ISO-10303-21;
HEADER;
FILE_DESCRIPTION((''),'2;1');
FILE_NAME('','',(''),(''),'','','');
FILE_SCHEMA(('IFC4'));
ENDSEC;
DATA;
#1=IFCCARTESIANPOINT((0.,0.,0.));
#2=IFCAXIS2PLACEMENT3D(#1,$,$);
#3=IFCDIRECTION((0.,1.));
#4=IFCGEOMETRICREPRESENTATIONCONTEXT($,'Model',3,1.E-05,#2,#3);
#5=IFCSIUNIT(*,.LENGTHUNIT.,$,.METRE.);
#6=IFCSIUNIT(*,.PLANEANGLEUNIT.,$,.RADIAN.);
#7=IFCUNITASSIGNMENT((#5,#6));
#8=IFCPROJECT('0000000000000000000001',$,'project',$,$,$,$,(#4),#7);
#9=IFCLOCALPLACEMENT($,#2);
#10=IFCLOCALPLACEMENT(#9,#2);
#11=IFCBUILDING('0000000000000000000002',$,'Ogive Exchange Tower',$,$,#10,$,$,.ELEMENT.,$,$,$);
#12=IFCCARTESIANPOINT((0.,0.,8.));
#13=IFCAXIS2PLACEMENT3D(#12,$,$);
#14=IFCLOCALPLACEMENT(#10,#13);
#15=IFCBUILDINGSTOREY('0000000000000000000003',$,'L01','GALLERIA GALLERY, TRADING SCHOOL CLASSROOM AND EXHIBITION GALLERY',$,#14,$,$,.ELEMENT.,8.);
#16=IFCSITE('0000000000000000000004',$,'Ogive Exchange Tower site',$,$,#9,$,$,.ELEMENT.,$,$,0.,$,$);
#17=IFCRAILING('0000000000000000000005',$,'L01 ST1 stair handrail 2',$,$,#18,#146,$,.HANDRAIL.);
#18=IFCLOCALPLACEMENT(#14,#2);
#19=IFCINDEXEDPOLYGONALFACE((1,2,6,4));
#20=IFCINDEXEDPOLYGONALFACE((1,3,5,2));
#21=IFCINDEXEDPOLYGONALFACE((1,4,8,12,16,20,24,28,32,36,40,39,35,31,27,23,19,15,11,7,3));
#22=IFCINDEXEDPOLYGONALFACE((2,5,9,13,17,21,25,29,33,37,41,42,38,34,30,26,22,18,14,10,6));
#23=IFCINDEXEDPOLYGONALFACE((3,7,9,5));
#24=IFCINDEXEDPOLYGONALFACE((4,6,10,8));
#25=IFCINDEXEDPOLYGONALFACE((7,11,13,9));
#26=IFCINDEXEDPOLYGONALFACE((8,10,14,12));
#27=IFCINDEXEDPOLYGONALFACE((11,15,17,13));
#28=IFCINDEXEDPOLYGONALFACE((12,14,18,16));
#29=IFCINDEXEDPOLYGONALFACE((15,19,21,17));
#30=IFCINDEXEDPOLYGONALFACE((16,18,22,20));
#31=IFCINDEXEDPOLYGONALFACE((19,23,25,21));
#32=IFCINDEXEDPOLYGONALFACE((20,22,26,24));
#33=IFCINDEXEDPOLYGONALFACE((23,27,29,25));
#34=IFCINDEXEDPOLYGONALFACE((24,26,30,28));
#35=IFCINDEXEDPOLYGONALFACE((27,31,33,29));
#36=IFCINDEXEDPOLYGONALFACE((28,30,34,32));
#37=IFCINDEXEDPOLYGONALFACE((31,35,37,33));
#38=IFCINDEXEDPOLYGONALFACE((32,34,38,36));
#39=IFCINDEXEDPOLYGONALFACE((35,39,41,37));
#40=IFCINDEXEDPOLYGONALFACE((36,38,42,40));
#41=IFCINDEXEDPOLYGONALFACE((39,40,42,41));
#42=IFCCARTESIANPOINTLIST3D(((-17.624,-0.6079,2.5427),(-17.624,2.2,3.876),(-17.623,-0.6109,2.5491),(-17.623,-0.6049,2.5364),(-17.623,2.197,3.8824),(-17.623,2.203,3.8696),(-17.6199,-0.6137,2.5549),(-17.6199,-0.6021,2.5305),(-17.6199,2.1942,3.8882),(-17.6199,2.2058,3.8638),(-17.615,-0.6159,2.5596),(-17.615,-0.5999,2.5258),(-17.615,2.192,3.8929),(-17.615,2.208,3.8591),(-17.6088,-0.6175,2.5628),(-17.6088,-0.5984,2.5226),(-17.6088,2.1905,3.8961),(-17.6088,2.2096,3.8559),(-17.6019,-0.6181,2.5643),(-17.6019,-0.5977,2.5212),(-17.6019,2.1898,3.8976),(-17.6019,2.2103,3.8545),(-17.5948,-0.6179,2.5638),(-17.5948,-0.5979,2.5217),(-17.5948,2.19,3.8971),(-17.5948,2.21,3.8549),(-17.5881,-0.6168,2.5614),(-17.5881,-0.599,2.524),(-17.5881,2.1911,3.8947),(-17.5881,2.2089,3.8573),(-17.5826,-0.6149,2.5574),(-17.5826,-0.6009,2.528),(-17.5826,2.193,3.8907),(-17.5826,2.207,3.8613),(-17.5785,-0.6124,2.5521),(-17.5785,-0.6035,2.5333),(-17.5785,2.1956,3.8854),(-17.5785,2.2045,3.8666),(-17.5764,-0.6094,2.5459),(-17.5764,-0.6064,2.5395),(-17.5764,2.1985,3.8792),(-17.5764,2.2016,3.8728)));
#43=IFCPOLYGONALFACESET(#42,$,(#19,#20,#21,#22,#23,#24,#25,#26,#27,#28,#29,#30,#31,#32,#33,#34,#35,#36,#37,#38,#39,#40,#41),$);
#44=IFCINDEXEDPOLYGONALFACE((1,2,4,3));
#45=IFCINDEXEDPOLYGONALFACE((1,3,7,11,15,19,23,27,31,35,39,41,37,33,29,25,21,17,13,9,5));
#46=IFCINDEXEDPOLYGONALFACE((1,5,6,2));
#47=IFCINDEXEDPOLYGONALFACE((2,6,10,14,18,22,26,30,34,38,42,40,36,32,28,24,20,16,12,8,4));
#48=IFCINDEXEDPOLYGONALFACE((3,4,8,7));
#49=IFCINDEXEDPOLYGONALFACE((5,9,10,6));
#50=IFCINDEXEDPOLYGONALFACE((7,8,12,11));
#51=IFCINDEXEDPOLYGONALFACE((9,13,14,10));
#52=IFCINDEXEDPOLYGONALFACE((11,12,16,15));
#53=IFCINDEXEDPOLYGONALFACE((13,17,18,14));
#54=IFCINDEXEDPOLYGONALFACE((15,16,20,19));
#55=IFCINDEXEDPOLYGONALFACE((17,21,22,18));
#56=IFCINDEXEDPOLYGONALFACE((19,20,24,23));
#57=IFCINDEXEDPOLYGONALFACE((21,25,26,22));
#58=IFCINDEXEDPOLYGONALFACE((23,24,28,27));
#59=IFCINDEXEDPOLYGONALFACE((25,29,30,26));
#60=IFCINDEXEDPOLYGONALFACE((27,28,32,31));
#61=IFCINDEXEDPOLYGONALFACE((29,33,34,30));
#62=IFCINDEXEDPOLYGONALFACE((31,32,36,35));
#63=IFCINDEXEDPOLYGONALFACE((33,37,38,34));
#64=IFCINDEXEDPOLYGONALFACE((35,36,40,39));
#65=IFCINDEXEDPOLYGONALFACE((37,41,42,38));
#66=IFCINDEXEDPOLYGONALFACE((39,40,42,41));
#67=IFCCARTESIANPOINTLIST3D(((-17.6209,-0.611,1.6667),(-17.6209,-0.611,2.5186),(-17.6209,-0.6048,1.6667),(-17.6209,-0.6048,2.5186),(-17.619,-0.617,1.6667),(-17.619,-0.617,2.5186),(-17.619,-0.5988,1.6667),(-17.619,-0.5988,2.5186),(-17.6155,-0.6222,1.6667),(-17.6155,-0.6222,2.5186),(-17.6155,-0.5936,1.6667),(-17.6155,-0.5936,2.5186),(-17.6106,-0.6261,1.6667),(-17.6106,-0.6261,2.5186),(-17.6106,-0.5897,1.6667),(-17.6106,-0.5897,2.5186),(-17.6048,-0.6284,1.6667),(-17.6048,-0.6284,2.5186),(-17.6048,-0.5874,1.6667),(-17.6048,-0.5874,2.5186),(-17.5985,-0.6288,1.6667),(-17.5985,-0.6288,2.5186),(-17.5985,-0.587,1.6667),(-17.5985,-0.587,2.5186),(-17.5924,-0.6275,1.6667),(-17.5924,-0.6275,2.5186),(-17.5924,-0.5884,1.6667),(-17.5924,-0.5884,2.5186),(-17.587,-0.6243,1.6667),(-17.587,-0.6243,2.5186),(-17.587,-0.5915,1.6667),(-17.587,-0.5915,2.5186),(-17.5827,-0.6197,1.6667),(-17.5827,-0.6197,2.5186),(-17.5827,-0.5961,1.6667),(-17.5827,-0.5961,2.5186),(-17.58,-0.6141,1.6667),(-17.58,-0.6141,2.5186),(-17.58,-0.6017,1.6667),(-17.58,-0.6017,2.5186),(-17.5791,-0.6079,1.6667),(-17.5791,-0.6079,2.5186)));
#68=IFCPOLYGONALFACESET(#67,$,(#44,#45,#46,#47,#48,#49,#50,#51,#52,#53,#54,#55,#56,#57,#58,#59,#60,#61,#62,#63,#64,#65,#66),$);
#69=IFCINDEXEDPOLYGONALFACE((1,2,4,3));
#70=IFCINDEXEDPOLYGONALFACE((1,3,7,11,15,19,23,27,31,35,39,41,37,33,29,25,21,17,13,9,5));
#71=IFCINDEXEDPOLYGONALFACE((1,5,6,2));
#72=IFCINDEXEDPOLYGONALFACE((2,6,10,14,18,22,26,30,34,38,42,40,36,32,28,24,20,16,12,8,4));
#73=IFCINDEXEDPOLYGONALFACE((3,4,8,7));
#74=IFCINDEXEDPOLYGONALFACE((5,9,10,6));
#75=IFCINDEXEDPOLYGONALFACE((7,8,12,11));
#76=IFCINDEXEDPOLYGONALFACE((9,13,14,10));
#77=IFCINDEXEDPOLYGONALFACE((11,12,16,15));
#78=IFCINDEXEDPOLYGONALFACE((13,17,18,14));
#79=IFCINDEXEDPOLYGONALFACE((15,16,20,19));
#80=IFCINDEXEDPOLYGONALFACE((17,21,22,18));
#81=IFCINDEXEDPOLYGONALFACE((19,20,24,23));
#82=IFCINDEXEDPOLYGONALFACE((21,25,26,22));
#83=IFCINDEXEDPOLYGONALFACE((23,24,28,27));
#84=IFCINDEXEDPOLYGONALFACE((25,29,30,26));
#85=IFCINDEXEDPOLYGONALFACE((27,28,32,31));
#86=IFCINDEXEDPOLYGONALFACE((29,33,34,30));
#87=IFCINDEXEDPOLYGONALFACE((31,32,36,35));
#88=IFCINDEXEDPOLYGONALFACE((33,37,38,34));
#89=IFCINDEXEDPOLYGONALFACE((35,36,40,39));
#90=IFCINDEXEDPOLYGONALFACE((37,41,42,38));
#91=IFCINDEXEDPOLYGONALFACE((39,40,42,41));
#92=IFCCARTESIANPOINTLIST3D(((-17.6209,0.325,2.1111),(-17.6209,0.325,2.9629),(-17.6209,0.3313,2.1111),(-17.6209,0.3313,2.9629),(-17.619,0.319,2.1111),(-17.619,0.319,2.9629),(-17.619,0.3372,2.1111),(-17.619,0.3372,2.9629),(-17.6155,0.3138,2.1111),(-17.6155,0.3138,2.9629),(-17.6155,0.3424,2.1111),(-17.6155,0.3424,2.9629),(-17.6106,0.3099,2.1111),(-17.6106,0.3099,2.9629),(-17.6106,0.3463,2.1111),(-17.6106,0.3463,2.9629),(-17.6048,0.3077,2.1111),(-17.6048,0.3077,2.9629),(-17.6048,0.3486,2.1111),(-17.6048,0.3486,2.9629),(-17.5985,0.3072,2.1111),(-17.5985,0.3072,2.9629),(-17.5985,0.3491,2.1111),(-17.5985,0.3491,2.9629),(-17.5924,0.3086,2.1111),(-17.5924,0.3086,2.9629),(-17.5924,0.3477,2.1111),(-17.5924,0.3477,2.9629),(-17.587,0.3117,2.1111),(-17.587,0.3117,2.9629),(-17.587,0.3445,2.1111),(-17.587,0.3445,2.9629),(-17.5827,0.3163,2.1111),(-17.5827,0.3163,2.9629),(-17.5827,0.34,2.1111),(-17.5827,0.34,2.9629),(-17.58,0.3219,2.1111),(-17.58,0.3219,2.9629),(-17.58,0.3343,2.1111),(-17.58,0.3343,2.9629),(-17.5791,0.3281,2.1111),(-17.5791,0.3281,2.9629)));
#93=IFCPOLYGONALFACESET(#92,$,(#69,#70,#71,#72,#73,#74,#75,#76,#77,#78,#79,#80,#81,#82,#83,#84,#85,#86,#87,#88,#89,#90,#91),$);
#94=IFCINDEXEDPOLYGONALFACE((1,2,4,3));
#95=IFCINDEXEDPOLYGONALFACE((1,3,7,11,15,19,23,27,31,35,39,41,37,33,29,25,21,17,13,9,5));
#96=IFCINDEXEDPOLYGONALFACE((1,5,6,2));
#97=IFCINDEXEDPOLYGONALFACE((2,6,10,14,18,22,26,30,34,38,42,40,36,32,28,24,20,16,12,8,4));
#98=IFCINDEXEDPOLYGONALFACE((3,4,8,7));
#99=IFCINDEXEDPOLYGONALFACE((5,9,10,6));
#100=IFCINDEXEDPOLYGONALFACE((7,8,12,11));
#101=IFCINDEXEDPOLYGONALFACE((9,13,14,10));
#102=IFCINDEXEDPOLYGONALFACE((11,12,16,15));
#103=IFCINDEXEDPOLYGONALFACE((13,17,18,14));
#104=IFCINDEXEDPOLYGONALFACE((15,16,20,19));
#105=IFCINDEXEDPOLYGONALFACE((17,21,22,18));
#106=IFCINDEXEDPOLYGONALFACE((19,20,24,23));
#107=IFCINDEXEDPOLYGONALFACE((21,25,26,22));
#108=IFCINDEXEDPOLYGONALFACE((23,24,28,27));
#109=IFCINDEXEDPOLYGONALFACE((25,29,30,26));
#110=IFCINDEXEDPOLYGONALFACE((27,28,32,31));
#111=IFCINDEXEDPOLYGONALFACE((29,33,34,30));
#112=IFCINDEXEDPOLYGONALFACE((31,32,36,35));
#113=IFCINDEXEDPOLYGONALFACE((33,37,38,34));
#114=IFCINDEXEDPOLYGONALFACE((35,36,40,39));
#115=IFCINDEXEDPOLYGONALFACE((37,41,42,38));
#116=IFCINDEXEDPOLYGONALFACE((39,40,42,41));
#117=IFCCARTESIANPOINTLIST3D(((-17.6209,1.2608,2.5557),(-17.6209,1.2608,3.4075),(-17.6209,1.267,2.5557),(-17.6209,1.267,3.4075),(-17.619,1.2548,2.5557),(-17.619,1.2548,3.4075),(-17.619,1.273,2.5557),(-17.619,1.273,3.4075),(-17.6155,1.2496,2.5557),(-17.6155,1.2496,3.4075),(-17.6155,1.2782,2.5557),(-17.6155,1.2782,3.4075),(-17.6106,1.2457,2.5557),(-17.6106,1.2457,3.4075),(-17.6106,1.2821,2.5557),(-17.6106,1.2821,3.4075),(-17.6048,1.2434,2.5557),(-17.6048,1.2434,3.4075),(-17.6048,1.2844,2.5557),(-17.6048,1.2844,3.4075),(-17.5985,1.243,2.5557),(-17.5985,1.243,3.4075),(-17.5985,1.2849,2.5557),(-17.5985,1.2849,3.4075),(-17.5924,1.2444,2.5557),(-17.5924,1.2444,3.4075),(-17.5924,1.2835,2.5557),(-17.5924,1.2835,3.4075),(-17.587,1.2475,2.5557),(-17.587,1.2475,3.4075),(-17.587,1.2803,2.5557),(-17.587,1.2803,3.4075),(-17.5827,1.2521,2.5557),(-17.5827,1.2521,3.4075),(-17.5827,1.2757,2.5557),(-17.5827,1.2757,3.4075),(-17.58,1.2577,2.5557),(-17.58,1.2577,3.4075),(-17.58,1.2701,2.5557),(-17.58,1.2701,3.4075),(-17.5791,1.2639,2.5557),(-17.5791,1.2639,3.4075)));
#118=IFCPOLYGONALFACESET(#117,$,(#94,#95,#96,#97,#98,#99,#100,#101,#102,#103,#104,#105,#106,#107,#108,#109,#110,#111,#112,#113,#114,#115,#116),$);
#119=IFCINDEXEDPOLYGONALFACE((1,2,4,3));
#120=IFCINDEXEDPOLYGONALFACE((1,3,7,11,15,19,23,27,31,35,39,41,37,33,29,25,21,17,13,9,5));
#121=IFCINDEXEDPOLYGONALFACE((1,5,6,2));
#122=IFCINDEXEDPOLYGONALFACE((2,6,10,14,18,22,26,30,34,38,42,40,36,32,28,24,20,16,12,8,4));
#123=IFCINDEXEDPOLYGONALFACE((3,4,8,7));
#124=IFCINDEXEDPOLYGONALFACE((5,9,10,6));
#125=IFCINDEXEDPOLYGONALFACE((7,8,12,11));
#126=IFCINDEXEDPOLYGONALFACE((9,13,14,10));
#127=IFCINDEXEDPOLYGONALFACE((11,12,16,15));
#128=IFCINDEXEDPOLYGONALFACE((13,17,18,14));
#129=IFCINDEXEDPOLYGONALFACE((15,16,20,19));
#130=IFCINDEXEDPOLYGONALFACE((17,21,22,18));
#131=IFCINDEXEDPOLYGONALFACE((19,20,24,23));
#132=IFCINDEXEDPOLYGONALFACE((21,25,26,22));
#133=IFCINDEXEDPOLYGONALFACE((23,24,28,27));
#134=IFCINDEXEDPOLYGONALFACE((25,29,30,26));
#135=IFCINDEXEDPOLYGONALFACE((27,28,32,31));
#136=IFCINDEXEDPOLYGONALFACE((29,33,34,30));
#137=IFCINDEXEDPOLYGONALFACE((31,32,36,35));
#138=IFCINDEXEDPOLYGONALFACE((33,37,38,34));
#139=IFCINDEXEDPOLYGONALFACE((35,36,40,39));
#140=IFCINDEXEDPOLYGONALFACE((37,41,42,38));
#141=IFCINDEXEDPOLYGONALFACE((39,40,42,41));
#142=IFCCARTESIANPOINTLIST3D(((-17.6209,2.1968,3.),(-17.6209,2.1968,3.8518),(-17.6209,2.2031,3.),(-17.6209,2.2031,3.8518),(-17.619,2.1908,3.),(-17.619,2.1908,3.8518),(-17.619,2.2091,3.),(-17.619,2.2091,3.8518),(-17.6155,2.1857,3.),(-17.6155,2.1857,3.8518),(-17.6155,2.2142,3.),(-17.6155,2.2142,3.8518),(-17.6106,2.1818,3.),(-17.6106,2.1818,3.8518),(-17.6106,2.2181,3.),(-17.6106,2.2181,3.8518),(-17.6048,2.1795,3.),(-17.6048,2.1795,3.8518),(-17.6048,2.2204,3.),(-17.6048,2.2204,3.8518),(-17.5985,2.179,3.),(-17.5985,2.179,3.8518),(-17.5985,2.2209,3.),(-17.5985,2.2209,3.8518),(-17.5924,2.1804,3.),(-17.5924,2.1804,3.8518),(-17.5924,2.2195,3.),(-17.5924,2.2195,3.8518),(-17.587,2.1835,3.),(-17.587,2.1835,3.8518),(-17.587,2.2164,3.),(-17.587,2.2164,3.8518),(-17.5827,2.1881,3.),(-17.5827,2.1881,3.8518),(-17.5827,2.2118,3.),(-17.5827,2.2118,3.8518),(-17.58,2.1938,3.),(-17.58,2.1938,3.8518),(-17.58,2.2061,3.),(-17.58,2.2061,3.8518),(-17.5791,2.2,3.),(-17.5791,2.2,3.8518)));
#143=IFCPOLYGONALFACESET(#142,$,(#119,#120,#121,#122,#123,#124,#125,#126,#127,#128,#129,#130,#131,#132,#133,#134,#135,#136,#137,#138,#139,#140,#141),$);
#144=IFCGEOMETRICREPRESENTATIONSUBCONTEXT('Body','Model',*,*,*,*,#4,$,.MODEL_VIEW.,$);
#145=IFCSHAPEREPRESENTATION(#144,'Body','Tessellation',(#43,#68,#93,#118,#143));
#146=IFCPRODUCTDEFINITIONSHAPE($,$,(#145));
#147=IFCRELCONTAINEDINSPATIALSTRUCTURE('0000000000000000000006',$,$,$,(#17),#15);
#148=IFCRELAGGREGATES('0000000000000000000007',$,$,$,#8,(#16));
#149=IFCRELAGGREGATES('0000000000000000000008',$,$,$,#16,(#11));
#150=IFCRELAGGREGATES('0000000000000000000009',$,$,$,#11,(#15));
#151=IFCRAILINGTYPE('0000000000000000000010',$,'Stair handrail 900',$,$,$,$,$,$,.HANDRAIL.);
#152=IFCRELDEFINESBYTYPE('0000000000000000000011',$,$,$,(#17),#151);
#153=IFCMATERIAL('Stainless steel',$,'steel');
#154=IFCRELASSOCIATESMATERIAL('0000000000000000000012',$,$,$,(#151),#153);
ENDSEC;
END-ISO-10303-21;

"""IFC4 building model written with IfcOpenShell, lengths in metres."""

from ifc_helpers import new_model, si_unit, direction, frame, origin, origin_2d, place, context, subcontext, project, spatial, circle, extrude, material, type_object, element, save


model = new_model("IFC4")

# Units and contexts
model_context = context("Model", 3, precision=1e-05, world=origin(), true_north=direction((0.0, 1.0)))
body_context = subcontext(model_context, "Body", "Model", "MODEL_VIEW")
ifc_project = project(units=[si_unit("LENGTHUNIT", "METRE"), si_unit("PLANEANGLEUNIT", "RADIAN")], contexts=[model_context])

# Site, building, storey
site_placement = place(None, origin())
site = spatial("IfcSite", under=ifc_project, at=site_placement, Name="Ogive Exchange Tower site", CompositionType="ELEMENT", RefElevation=0.0)
building_placement = place(site_placement, origin())
building = spatial("IfcBuilding", under=site, at=building_placement, Name="Ogive Exchange Tower", CompositionType="ELEMENT")
storey_placement = place(building_placement, frame((0.0, 0.0, 8.0)))
storey = spatial("IfcBuildingStorey", under=building, at=storey_placement, Name="L01", Description="GALLERIA GALLERY, TRADING SCHOOL CLASSROOM AND EXHIBITION GALLERY", CompositionType="ELEMENT", Elevation=8.0)

# Shared definitions
ifc_material_1 = material(Name="Stainless steel", Category="steel")

# Railing
railing_type = type_object("IfcRailingType", Name="Stair handrail 900", PredefinedType="HANDRAIL", material=ifc_material_1)
for number, where, name in (
    (1, (-17.6001, -0.6079, 1.6667), "L01 ST1 stair handrail 2"),
):
    element("IfcRailing", number, at=place(storey_placement, frame(where)), inside=storey, type_object=railing_type, Name=name, PredefinedType="HANDRAIL", context=body_context, shape_type="SweptSolid", body=[
        extrude(circle(Radius=0.0239, at=origin_2d()), frame((0.0, 0.0, 0.876), z_axis=(0.0, 0.903338, 0.42893), x_axis=(-1.0, 0.0, 0.0)), (0.0, 0.0, 1.0), 3.1084),
        extrude(circle(Radius=0.021, at=origin_2d()), origin(), (0.0, 0.0, 1.0), 0.8518),
        extrude(circle(Radius=0.021, at=origin_2d()), frame((0.0, 0.936, 0.4443)), (0.0, 0.0, 1.0), 0.8518),
        extrude(circle(Radius=0.021, at=origin_2d()), frame((0.0, 1.8718, 0.8889)), (0.0, 0.0, 1.0), 0.8518),
        extrude(circle(Radius=0.021, at=origin_2d()), frame((0.0, 2.8079, 1.3333)), (0.0, 0.0, 1.0), 0.8518),
    ])

save(model, "model.ifc")
